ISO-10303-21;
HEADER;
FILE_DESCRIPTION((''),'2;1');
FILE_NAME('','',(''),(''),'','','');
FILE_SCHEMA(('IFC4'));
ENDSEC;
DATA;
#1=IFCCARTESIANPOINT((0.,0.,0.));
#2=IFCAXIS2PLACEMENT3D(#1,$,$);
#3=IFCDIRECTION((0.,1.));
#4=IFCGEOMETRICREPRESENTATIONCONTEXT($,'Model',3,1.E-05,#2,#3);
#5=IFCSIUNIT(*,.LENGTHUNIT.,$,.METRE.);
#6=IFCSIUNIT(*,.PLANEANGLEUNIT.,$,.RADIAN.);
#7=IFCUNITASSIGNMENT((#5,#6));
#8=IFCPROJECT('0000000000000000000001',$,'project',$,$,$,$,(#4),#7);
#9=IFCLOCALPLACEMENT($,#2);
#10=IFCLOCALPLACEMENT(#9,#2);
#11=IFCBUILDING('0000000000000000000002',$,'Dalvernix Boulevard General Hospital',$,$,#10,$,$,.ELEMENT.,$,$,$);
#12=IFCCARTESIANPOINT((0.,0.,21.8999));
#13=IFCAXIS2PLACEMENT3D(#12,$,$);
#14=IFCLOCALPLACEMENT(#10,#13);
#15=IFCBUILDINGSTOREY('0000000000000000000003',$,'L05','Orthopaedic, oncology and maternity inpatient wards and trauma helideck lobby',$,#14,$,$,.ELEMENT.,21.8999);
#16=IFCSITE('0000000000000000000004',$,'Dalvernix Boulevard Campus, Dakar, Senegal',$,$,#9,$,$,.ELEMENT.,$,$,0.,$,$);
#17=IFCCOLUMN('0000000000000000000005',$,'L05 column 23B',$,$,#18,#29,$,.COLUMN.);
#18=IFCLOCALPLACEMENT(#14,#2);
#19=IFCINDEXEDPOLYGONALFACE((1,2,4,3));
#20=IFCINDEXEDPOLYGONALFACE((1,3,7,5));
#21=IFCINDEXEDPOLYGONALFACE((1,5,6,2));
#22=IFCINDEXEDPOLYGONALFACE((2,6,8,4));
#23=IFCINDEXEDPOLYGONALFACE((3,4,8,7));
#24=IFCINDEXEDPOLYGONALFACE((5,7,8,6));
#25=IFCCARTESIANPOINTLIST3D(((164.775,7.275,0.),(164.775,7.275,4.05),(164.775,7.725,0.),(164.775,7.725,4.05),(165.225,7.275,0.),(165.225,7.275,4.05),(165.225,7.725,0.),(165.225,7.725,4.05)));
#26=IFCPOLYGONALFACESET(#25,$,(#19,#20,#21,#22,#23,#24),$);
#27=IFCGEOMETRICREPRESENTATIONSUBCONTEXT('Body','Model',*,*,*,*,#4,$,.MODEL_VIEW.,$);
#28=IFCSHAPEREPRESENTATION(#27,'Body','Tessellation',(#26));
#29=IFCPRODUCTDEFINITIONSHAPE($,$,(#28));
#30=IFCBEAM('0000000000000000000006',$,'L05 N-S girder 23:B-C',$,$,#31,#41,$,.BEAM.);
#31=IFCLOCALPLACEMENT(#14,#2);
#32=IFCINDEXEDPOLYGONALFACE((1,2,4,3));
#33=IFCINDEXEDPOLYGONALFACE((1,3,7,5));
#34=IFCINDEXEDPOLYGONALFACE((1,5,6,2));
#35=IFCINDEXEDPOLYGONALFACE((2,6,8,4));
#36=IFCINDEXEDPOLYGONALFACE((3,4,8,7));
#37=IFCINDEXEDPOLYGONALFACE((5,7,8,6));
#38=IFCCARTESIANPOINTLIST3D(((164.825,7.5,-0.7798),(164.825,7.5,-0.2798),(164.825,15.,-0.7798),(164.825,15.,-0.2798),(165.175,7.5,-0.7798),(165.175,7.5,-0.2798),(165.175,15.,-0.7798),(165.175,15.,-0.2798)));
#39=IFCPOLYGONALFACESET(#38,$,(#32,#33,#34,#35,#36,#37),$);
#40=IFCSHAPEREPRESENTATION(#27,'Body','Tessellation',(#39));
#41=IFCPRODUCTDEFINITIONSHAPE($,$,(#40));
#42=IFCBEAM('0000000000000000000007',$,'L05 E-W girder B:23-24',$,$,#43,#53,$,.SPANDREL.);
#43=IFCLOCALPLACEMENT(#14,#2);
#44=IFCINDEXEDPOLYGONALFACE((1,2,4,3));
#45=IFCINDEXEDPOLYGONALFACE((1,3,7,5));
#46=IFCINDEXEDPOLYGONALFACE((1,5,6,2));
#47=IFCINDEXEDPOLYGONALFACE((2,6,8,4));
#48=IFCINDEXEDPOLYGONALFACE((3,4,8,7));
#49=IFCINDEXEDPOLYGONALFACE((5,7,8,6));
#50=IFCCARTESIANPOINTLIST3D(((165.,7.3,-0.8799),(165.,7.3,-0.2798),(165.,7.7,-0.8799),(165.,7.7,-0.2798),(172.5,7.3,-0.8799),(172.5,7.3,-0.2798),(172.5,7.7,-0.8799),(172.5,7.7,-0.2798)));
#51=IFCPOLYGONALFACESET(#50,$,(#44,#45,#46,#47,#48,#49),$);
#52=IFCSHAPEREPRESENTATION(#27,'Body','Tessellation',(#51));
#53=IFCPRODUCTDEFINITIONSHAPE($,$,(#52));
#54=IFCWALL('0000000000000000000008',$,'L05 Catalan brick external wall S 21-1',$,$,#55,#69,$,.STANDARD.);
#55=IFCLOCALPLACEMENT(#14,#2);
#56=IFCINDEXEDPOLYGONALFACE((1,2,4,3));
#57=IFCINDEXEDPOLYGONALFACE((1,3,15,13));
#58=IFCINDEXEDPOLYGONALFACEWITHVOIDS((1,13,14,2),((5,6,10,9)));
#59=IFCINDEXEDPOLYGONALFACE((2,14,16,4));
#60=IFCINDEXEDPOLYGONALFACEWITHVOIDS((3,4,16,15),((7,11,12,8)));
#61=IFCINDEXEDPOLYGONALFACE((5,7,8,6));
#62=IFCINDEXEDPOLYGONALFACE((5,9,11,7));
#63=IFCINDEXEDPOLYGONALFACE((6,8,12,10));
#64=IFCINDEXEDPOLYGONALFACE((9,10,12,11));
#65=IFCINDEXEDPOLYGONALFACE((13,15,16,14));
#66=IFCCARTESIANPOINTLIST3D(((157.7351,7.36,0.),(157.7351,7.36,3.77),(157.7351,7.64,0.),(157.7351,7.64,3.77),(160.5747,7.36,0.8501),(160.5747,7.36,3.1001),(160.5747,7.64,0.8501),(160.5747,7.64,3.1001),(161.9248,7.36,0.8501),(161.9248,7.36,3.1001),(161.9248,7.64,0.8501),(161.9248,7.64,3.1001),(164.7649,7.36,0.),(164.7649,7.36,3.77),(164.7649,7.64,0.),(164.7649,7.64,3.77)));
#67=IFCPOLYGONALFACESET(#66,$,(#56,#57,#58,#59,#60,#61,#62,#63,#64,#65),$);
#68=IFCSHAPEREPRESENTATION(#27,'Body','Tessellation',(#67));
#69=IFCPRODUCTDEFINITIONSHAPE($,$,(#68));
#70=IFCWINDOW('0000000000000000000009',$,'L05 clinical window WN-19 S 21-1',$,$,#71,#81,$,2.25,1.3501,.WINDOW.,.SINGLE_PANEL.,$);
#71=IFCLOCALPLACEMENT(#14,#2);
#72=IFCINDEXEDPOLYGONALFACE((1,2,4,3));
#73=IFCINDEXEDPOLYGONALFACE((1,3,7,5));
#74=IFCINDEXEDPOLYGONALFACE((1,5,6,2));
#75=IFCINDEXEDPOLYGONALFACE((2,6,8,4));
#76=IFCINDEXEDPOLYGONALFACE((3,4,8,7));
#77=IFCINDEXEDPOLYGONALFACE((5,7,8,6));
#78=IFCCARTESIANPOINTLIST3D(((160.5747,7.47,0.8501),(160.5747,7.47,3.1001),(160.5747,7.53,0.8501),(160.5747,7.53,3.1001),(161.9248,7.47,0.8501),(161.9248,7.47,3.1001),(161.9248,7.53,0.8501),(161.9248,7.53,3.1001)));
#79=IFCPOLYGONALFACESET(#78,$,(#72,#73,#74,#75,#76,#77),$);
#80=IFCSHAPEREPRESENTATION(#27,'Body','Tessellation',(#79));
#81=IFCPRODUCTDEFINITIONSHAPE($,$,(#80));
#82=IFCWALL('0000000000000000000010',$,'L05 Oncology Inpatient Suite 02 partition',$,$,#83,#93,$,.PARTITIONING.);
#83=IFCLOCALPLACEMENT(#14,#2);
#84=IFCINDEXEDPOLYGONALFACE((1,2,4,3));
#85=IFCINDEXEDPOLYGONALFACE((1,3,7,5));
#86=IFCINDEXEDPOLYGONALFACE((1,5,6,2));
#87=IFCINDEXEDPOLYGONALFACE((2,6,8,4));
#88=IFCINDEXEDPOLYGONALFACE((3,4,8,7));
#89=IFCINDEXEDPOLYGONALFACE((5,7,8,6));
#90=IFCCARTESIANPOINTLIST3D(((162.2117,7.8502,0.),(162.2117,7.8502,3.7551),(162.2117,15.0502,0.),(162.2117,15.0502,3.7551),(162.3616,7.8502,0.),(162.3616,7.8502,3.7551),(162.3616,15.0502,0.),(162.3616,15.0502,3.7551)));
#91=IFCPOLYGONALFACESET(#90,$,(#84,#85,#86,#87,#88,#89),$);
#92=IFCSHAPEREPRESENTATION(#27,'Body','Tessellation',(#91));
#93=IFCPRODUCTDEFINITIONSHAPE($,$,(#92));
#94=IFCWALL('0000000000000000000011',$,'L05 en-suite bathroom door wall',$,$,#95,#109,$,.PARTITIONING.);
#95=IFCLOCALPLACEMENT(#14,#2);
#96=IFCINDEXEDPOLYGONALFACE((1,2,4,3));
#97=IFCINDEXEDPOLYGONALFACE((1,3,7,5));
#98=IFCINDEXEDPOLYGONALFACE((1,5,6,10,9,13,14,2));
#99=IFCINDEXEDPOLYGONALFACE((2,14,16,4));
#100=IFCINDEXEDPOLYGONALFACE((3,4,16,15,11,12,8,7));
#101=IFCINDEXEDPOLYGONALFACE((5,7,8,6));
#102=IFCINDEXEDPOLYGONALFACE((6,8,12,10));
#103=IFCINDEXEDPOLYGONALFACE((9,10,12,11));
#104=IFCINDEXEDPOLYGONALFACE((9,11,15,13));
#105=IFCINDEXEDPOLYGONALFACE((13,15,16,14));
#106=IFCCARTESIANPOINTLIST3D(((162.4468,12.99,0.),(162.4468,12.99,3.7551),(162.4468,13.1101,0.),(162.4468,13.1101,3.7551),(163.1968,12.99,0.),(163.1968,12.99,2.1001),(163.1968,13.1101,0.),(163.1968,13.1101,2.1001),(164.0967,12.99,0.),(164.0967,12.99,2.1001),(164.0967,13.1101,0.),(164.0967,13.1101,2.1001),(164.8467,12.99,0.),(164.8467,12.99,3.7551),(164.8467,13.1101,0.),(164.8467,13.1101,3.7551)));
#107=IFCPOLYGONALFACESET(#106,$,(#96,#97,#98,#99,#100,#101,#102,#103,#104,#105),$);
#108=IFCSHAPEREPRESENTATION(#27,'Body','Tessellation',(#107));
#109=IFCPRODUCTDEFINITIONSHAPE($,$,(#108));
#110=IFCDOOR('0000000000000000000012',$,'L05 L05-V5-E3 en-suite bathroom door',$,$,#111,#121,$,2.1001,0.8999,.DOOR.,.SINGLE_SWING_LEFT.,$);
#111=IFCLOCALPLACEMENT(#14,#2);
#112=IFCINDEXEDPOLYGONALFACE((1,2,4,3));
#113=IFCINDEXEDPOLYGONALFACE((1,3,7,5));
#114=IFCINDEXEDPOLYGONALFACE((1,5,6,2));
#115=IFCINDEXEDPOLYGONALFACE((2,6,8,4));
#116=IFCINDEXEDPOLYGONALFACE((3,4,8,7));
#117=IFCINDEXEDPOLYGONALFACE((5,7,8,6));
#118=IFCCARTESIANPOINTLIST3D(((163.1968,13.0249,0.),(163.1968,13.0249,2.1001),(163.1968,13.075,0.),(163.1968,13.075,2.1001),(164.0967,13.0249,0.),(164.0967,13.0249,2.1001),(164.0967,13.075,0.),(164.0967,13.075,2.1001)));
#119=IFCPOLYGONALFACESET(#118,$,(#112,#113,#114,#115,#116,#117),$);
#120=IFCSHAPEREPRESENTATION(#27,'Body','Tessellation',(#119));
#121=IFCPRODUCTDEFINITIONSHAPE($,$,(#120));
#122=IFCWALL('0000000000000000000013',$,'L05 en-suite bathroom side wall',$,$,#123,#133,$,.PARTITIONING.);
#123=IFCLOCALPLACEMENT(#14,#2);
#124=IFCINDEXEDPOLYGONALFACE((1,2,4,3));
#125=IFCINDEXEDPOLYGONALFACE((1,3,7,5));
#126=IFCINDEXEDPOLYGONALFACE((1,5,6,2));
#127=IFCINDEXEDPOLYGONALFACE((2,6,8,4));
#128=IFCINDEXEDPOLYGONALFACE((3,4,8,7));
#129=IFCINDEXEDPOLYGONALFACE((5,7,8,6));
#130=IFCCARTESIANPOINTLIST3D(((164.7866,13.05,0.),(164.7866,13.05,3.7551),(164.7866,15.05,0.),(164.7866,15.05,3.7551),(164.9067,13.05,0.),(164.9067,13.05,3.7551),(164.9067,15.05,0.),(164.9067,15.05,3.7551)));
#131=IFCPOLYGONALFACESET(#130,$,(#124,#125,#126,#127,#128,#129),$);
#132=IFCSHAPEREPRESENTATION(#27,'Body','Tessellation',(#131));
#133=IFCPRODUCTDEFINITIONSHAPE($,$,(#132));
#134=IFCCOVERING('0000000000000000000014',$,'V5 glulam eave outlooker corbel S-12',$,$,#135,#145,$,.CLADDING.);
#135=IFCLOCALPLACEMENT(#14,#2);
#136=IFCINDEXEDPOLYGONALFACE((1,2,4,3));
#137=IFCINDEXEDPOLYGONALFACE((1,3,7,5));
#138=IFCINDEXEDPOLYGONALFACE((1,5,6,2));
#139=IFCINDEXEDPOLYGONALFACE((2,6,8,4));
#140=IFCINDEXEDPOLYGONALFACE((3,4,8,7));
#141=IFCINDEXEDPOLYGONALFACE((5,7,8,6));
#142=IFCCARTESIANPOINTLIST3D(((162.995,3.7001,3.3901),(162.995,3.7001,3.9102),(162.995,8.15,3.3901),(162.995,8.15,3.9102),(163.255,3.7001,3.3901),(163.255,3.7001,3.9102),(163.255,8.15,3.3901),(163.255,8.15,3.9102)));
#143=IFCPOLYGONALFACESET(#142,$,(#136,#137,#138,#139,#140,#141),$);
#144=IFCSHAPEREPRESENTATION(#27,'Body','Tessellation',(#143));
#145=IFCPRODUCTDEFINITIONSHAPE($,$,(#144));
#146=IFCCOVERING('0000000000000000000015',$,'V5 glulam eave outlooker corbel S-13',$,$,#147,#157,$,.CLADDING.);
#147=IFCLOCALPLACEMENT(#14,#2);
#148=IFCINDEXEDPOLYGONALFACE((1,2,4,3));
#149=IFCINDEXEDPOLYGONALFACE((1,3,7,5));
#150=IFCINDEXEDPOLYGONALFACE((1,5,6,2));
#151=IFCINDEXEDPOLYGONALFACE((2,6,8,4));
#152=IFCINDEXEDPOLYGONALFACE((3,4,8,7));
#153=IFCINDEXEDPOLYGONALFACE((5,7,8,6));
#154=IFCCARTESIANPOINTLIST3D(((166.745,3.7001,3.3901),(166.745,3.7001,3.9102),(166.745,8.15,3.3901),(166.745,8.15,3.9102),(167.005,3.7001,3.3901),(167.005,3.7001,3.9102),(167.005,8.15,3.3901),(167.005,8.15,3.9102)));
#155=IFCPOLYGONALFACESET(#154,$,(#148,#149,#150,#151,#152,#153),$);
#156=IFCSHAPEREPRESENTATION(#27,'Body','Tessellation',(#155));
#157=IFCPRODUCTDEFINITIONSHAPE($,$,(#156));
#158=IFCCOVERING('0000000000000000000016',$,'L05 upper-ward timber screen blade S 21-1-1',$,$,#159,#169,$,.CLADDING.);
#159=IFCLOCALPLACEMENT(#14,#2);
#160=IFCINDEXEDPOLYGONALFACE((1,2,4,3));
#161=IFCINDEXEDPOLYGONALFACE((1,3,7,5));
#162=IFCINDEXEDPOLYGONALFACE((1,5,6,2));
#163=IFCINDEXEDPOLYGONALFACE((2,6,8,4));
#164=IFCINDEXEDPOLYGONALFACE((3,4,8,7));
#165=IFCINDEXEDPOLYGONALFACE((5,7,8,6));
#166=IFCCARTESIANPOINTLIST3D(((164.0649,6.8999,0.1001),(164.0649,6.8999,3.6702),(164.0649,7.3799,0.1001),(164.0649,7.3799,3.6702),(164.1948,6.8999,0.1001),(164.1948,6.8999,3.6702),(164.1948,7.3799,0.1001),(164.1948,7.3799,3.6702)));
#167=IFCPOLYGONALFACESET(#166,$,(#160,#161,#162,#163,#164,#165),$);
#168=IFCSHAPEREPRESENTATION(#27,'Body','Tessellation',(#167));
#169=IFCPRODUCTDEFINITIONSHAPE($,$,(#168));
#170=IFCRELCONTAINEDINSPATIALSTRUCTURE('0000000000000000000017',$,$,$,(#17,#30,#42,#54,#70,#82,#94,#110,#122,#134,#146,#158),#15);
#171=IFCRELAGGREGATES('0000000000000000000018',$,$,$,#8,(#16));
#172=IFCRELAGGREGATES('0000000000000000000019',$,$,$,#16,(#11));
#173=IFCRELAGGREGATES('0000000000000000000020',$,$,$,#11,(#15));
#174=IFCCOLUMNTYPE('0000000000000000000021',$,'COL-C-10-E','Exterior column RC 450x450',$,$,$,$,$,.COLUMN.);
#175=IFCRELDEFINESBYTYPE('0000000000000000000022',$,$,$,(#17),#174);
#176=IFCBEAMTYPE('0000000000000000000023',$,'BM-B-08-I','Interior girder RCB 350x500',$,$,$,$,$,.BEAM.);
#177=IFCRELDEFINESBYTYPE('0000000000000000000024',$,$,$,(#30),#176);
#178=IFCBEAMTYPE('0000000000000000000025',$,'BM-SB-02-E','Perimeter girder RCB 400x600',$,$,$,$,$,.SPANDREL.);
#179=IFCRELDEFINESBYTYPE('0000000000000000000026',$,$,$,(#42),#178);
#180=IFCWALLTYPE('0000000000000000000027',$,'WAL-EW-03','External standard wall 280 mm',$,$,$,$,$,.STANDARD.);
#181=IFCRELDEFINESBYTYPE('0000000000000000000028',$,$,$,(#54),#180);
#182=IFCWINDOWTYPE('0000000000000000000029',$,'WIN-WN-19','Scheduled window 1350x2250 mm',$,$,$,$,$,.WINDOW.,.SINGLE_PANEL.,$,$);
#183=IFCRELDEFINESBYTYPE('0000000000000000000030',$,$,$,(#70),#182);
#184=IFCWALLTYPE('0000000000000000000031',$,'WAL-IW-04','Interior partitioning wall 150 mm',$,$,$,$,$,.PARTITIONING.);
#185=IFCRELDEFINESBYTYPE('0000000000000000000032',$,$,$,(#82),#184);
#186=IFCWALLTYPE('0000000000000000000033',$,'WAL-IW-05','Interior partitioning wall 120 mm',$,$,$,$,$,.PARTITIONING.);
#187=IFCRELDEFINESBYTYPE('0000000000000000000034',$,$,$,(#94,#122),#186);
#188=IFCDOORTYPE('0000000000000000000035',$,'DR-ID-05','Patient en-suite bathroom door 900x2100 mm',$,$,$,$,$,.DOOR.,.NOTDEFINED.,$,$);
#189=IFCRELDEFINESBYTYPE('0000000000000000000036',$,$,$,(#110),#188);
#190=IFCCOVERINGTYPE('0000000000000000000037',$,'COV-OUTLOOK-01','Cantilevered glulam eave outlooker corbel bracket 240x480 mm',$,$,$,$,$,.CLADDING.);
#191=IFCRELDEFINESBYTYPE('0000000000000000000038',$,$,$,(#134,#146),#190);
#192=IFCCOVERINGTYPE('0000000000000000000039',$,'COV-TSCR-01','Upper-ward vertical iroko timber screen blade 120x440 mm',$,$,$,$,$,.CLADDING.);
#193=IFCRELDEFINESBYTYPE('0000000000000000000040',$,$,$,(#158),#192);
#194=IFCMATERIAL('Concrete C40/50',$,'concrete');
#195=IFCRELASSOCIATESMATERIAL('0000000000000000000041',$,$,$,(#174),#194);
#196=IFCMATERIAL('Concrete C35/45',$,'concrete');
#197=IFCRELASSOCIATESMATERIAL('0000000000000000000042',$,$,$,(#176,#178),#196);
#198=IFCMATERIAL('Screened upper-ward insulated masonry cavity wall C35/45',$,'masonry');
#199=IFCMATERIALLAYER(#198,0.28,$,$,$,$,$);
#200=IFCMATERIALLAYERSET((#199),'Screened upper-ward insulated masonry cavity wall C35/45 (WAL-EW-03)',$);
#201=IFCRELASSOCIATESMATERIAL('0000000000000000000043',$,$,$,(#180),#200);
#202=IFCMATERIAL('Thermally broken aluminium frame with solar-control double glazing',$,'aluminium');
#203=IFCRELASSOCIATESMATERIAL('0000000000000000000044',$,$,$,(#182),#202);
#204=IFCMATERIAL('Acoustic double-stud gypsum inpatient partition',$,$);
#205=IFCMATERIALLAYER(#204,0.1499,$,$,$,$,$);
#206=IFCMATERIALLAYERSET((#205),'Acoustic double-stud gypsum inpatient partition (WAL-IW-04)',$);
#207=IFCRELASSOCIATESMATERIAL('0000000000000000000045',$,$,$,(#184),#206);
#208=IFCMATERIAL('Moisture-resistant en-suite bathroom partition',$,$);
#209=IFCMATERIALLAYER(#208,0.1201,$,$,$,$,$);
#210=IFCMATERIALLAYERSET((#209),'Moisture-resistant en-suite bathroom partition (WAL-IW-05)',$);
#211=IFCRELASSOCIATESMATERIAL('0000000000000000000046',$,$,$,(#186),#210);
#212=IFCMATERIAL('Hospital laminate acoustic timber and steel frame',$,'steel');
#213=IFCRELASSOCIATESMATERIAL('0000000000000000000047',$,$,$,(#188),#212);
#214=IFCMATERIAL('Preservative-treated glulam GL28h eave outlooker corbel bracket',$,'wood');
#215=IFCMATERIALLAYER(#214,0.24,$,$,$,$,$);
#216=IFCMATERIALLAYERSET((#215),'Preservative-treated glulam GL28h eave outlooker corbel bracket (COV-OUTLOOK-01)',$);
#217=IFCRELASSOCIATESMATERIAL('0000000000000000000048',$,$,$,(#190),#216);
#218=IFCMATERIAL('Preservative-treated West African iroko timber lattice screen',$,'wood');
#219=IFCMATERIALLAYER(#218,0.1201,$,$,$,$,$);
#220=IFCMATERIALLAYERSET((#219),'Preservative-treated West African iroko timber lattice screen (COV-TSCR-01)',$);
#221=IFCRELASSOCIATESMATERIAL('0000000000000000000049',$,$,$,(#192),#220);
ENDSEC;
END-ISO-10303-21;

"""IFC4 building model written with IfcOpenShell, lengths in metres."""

from ifc_helpers import new_model, si_unit, direction, frame, frame_2d, origin, origin_2d, place, context, subcontext, project, spatial, rectangle, extrude, material, layer, layer_set, material_profile, profile_set, type_object, element, fill, save


model = new_model("IFC4")

# Units and contexts
model_context = context("Model", 3, precision=1e-05, world=origin(), true_north=direction((0.0, 1.0)))
body_context = subcontext(model_context, "Body", "Model", "MODEL_VIEW")
ifc_project = project(units=[si_unit("LENGTHUNIT", "METRE"), si_unit("PLANEANGLEUNIT", "RADIAN")], contexts=[model_context])

# Site, building, storey
site_placement = place(None, origin())
site = spatial("IfcSite", under=ifc_project, at=site_placement, Name="Dalvernix Boulevard Campus, Dakar, Senegal", CompositionType="ELEMENT", RefElevation=0.0)
building_placement = place(site_placement, origin())
building = spatial("IfcBuilding", under=site, at=building_placement, Name="Dalvernix Boulevard General Hospital", CompositionType="ELEMENT")
storey_placement = place(building_placement, frame((0.0, 0.0, 21.8999)))
storey = spatial("IfcBuildingStorey", under=building, at=storey_placement, Name="L05", Description="Orthopaedic, oncology and maternity inpatient wards and trauma helideck lobby", CompositionType="ELEMENT", Elevation=21.8999)

# Column
ifc_material_1 = material(Name="Concrete C40/50", Category="concrete")
ifc_material_profile_1 = material_profile(ifc_material_1, rectangle(XDim=0.45, YDim=0.45, at=origin_2d()), Name="RC 450x450")
ifc_profile_set_1 = profile_set([ifc_material_profile_1], Name="Concrete C40/50")
column_type = type_object("IfcColumnType", Name="COL-C-10-E", Description="Exterior column RC 450x450", PredefinedType="COLUMN", material=ifc_profile_set_1)
column_placement = place(storey_placement, frame((165.0, 7.5, 0.0), z_axis=(0.0, 0.0, 1.0), x_axis=(1.0, 0.0, 0.0)))
element("IfcColumn", 1, at=column_placement, inside=storey, type_object=column_type, Name="L05 column 23B", PredefinedType="COLUMN", context=body_context, shape_type="SweptSolid", body=[
    extrude(rectangle(XDim=0.45, YDim=0.45, at=origin_2d()), origin(), (0.0, 0.0, 1.0), 4.05),
])

# Beams
ifc_material_2 = material(Name="Concrete C35/45", Category="concrete")
ifc_material_profile_2 = material_profile(ifc_material_2, rectangle(XDim=0.3501, YDim=0.5, at=origin_2d()), Name="RCB 350x500")
ifc_profile_set_2 = profile_set([ifc_material_profile_2], Name="Concrete C35/45")
beam_type_1 = type_object("IfcBeamType", Name="BM-B-08-I", Description="Interior girder RCB 350x500", PredefinedType="BEAM", material=ifc_profile_set_2)
beam_1_placement = place(storey_placement, frame((165.0, 7.5, -0.5298), z_axis=(0.0, 1.0, 0.0), x_axis=(-1.0, 0.0, 0.0)))
element("IfcBeam", 2, at=beam_1_placement, inside=storey, type_object=beam_type_1, Name="L05 N-S girder 23:B-C", PredefinedType="BEAM", context=body_context, shape_type="SweptSolid", body=[
    extrude(rectangle(XDim=0.3501, YDim=0.5, at=origin_2d()), origin(), (0.0, 0.0, 1.0), 7.5),
])
ifc_material_profile_3 = material_profile(ifc_material_2, rectangle(XDim=0.3999, YDim=0.6001, at=origin_2d()), Name="RCB 400x600")
ifc_profile_set_3 = profile_set([ifc_material_profile_3], Name="Concrete C35/45")
beam_type_2 = type_object("IfcBeamType", Name="BM-SB-02-E", Description="Perimeter girder RCB 400x600", PredefinedType="SPANDREL", material=ifc_profile_set_3)
beam_2_placement = place(storey_placement, frame((165.0, 7.5, -0.5798), z_axis=(1.0, 0.0, 0.0), x_axis=(0.0, 1.0, 0.0)))
element("IfcBeam", 3, at=beam_2_placement, inside=storey, type_object=beam_type_2, Name="L05 E-W girder B:23-24", PredefinedType="SPANDREL", context=body_context, shape_type="SweptSolid", body=[
    extrude(rectangle(XDim=0.3999, YDim=0.6001, at=origin_2d()), origin(), (0.0, 0.0, 1.0), 7.5),
])

# Wall, opening, window
ifc_material_3 = material(Name="Screened upper-ward insulated masonry cavity wall C35/45", Category="masonry")
ifc_layer_1 = layer(ifc_material_3, 0.28)
ifc_layer_set_1 = layer_set([ifc_layer_1], Name="Screened upper-ward insulated masonry cavity wall C35/45 (WAL-EW-03)")
wall_type_1 = type_object("IfcWallType", Name="WAL-EW-03", Description="External standard wall 280 mm", PredefinedType="STANDARD", material=ifc_layer_set_1)
wall_1_placement = place(storey_placement, frame((164.7649, 7.5, 0.0), z_axis=(0.0, 0.0, 1.0), x_axis=(-1.0, 0.0, 0.0)))
wall_1 = element("IfcWall", 4, at=wall_1_placement, inside=storey, type_object=wall_type_1, Name="L05 Catalan brick external wall S 21-1", PredefinedType="STANDARD", context=body_context, shape_type="SweptSolid", body=[
    extrude(rectangle(XDim=7.0298, YDim=0.28, at=frame_2d((3.5149, 0.0))), origin(), (0.0, 0.0, 1.0), 3.77),
])
opening_1_placement = place(wall_1_placement, frame((2.8401, 0.0, 0.8501)))
opening_1 = element("IfcOpeningElement", 5, at=opening_1_placement, cuts=wall_1, PredefinedType="OPENING", context=body_context, shape_type="SweptSolid", body=[
    extrude(rectangle(XDim=1.3501, YDim=2.25, at=frame_2d((0.675, 1.125))), frame((0.0, 0.1499, 0.0), z_axis=(0.0, -1.0, 0.0), x_axis=(1.0, 0.0, 0.0)), (0.0, 0.0, 1.0), 0.3),
])
ifc_material_4 = material(Name="Thermally broken aluminium frame with solar-control double glazing", Category="aluminium")
window_type = type_object("IfcWindowType", Name="WIN-WN-19", Description="Scheduled window 1350x2250 mm", PartitioningType="SINGLE_PANEL", PredefinedType="WINDOW", material=ifc_material_4)
window_placement = place(opening_1_placement, origin())
window = element("IfcWindow", 6, at=window_placement, inside=storey, type_object=window_type, Name="L05 clinical window WN-19 S 21-1", OverallHeight=2.25, OverallWidth=1.3501, PartitioningType="SINGLE_PANEL", PredefinedType="WINDOW", context=body_context, shape_type="SweptSolid", body=[
    extrude(rectangle(XDim=1.3501, YDim=2.25, at=frame_2d((0.675, 1.125))), frame((0.0, 0.03, 0.0), z_axis=(0.0, -1.0, 0.0), x_axis=(1.0, 0.0, 0.0)), (0.0, 0.0, 1.0), 0.0601),
])
fill(opening_1, window)

# Wall
ifc_material_5 = material(Name="Acoustic double-stud gypsum inpatient partition")
ifc_layer_2 = layer(ifc_material_5, 0.1499)
ifc_layer_set_2 = layer_set([ifc_layer_2], Name="Acoustic double-stud gypsum inpatient partition (WAL-IW-04)")
wall_type_2 = type_object("IfcWallType", Name="WAL-IW-04", Description="Interior partitioning wall 150 mm", PredefinedType="PARTITIONING", material=ifc_layer_set_2)
wall_2_placement = place(storey_placement, frame((162.2866, 7.8501, 0.0), z_axis=(0.0, 0.0, 1.0), x_axis=(0.0, 1.0, 0.0)))
element("IfcWall", 7, at=wall_2_placement, inside=storey, type_object=wall_type_2, Name="L05 Oncology Inpatient Suite 02 partition", PredefinedType="PARTITIONING", context=body_context, shape_type="SweptSolid", body=[
    extrude(rectangle(XDim=7.2, YDim=0.1499, at=frame_2d((3.6001, 0.0))), origin(), (0.0, 0.0, 1.0), 3.7551),
])

# Wall, opening, door
ifc_material_6 = material(Name="Moisture-resistant en-suite bathroom partition")
ifc_layer_3 = layer(ifc_material_6, 0.1201)
ifc_layer_set_3 = layer_set([ifc_layer_3], Name="Moisture-resistant en-suite bathroom partition (WAL-IW-05)")
wall_type_3 = type_object("IfcWallType", Name="WAL-IW-05", Description="Interior partitioning wall 120 mm", PredefinedType="PARTITIONING", material=ifc_layer_set_3)
wall_3_placement = place(storey_placement, frame((162.4468, 13.05, 0.0), z_axis=(0.0, 0.0, 1.0), x_axis=(1.0, 0.0, 0.0)))
wall_3 = element("IfcWall", 8, at=wall_3_placement, inside=storey, type_object=wall_type_3, Name="L05 en-suite bathroom door wall", PredefinedType="PARTITIONING", context=body_context, shape_type="SweptSolid", body=[
    extrude(rectangle(XDim=2.3999, YDim=0.1201, at=frame_2d((1.2, 0.0))), origin(), (0.0, 0.0, 1.0), 3.7551),
])
opening_2_placement = place(wall_3_placement, frame((0.75, 0.0, 0.0)))
opening_2 = element("IfcOpeningElement", 9, at=opening_2_placement, cuts=wall_3, PredefinedType="OPENING", context=body_context, shape_type="SweptSolid", body=[
    extrude(rectangle(XDim=0.8999, YDim=2.1001, at=frame_2d((0.45, 1.05))), frame((0.0, 0.0701, 0.0), z_axis=(0.0, -1.0, 0.0), x_axis=(1.0, 0.0, 0.0)), (0.0, 0.0, 1.0), 0.1401),
])
ifc_material_7 = material(Name="Hospital laminate acoustic timber and steel frame", Category="steel")
door_type = type_object("IfcDoorType", Name="DR-ID-05", Description="Patient en-suite bathroom door 900x2100 mm", OperationType="NOTDEFINED", PredefinedType="DOOR", material=ifc_material_7)
door_placement = place(opening_2_placement, origin())
door = element("IfcDoor", 10, at=door_placement, inside=storey, type_object=door_type, Name="L05 L05-V5-E3 en-suite bathroom door", OperationType="SINGLE_SWING_LEFT", OverallHeight=2.1001, OverallWidth=0.8999, PredefinedType="DOOR", context=body_context, shape_type="SweptSolid", body=[
    extrude(rectangle(XDim=0.8999, YDim=2.1001, at=frame_2d((0.45, 1.05))), frame((0.0, 0.0249, 0.0), z_axis=(0.0, -1.0, 0.0), x_axis=(1.0, 0.0, 0.0)), (0.0, 0.0, 1.0), 0.05),
])
fill(opening_2, door)

# Wall
wall_4_placement = place(storey_placement, frame((164.8467, 13.05, 0.0), z_axis=(0.0, 0.0, 1.0), x_axis=(0.0, 1.0, 0.0)))
element("IfcWall", 11, at=wall_4_placement, inside=storey, type_object=wall_type_3, Name="L05 en-suite bathroom side wall", PredefinedType="PARTITIONING", context=body_context, shape_type="SweptSolid", body=[
    extrude(rectangle(XDim=2.0, YDim=0.1201, at=frame_2d((1.0, 0.0))), origin(), (0.0, 0.0, 1.0), 3.7551),
])

# Coverings
ifc_material_8 = material(Name="Preservative-treated glulam GL28h eave outlooker corbel bracket", Category="wood")
ifc_layer_4 = layer(ifc_material_8, 0.24)
ifc_layer_set_4 = layer_set([ifc_layer_4], Name="Preservative-treated glulam GL28h eave outlooker corbel bracket (COV-OUTLOOK-01)")
covering_type_1 = type_object("IfcCoveringType", Name="COV-OUTLOOK-01", Description="Cantilevered glulam eave outlooker corbel bracket 240x480 mm", PredefinedType="CLADDING", material=ifc_layer_set_4)
for number, where, z_axis, x_axis, name in (
    (12, (163.125, 5.925, 3.3901), (0.0, 0.0, 1.0), (1.0, 0.0, 0.0), "V5 glulam eave outlooker corbel S-12"),
    (13, (166.875, 5.925, 3.3901), (0.0, 0.0, 1.0), (1.0, 0.0, 0.0), "V5 glulam eave outlooker corbel S-13"),
):
    element("IfcCovering", number, at=place(storey_placement, frame(where, z_axis=z_axis, x_axis=x_axis)), inside=storey, type_object=covering_type_1, Name=name, PredefinedType="CLADDING", context=body_context, shape_type="SweptSolid", body=[
        extrude(rectangle(XDim=0.26, YDim=4.45, at=origin_2d()), origin(), (0.0, 0.0, 1.0), 0.52),
    ])
ifc_material_9 = material(Name="Preservative-treated West African iroko timber lattice screen", Category="wood")
ifc_layer_5 = layer(ifc_material_9, 0.1201)
ifc_layer_set_5 = layer_set([ifc_layer_5], Name="Preservative-treated West African iroko timber lattice screen (COV-TSCR-01)")
covering_type_2 = type_object("IfcCoveringType", Name="COV-TSCR-01", Description="Upper-ward vertical iroko timber screen blade 120x440 mm", PredefinedType="CLADDING", material=ifc_layer_set_5)
for number, where, z_axis, x_axis, name in (
    (14, (164.1299, 7.1399, 0.1001), (0.0, 0.0, 1.0), (-1.0, 0.0, 0.0), "L05 upper-ward timber screen blade S 21-1-1"),
):
    element("IfcCovering", number, at=place(storey_placement, frame(where, z_axis=z_axis, x_axis=x_axis)), inside=storey, type_object=covering_type_2, Name=name, PredefinedType="CLADDING", context=body_context, shape_type="SweptSolid", body=[
        extrude(rectangle(XDim=0.1299, YDim=0.48, at=origin_2d()), origin(), (0.0, 0.0, 1.0), 3.5701),
    ])

save(model, "model.ifc")
